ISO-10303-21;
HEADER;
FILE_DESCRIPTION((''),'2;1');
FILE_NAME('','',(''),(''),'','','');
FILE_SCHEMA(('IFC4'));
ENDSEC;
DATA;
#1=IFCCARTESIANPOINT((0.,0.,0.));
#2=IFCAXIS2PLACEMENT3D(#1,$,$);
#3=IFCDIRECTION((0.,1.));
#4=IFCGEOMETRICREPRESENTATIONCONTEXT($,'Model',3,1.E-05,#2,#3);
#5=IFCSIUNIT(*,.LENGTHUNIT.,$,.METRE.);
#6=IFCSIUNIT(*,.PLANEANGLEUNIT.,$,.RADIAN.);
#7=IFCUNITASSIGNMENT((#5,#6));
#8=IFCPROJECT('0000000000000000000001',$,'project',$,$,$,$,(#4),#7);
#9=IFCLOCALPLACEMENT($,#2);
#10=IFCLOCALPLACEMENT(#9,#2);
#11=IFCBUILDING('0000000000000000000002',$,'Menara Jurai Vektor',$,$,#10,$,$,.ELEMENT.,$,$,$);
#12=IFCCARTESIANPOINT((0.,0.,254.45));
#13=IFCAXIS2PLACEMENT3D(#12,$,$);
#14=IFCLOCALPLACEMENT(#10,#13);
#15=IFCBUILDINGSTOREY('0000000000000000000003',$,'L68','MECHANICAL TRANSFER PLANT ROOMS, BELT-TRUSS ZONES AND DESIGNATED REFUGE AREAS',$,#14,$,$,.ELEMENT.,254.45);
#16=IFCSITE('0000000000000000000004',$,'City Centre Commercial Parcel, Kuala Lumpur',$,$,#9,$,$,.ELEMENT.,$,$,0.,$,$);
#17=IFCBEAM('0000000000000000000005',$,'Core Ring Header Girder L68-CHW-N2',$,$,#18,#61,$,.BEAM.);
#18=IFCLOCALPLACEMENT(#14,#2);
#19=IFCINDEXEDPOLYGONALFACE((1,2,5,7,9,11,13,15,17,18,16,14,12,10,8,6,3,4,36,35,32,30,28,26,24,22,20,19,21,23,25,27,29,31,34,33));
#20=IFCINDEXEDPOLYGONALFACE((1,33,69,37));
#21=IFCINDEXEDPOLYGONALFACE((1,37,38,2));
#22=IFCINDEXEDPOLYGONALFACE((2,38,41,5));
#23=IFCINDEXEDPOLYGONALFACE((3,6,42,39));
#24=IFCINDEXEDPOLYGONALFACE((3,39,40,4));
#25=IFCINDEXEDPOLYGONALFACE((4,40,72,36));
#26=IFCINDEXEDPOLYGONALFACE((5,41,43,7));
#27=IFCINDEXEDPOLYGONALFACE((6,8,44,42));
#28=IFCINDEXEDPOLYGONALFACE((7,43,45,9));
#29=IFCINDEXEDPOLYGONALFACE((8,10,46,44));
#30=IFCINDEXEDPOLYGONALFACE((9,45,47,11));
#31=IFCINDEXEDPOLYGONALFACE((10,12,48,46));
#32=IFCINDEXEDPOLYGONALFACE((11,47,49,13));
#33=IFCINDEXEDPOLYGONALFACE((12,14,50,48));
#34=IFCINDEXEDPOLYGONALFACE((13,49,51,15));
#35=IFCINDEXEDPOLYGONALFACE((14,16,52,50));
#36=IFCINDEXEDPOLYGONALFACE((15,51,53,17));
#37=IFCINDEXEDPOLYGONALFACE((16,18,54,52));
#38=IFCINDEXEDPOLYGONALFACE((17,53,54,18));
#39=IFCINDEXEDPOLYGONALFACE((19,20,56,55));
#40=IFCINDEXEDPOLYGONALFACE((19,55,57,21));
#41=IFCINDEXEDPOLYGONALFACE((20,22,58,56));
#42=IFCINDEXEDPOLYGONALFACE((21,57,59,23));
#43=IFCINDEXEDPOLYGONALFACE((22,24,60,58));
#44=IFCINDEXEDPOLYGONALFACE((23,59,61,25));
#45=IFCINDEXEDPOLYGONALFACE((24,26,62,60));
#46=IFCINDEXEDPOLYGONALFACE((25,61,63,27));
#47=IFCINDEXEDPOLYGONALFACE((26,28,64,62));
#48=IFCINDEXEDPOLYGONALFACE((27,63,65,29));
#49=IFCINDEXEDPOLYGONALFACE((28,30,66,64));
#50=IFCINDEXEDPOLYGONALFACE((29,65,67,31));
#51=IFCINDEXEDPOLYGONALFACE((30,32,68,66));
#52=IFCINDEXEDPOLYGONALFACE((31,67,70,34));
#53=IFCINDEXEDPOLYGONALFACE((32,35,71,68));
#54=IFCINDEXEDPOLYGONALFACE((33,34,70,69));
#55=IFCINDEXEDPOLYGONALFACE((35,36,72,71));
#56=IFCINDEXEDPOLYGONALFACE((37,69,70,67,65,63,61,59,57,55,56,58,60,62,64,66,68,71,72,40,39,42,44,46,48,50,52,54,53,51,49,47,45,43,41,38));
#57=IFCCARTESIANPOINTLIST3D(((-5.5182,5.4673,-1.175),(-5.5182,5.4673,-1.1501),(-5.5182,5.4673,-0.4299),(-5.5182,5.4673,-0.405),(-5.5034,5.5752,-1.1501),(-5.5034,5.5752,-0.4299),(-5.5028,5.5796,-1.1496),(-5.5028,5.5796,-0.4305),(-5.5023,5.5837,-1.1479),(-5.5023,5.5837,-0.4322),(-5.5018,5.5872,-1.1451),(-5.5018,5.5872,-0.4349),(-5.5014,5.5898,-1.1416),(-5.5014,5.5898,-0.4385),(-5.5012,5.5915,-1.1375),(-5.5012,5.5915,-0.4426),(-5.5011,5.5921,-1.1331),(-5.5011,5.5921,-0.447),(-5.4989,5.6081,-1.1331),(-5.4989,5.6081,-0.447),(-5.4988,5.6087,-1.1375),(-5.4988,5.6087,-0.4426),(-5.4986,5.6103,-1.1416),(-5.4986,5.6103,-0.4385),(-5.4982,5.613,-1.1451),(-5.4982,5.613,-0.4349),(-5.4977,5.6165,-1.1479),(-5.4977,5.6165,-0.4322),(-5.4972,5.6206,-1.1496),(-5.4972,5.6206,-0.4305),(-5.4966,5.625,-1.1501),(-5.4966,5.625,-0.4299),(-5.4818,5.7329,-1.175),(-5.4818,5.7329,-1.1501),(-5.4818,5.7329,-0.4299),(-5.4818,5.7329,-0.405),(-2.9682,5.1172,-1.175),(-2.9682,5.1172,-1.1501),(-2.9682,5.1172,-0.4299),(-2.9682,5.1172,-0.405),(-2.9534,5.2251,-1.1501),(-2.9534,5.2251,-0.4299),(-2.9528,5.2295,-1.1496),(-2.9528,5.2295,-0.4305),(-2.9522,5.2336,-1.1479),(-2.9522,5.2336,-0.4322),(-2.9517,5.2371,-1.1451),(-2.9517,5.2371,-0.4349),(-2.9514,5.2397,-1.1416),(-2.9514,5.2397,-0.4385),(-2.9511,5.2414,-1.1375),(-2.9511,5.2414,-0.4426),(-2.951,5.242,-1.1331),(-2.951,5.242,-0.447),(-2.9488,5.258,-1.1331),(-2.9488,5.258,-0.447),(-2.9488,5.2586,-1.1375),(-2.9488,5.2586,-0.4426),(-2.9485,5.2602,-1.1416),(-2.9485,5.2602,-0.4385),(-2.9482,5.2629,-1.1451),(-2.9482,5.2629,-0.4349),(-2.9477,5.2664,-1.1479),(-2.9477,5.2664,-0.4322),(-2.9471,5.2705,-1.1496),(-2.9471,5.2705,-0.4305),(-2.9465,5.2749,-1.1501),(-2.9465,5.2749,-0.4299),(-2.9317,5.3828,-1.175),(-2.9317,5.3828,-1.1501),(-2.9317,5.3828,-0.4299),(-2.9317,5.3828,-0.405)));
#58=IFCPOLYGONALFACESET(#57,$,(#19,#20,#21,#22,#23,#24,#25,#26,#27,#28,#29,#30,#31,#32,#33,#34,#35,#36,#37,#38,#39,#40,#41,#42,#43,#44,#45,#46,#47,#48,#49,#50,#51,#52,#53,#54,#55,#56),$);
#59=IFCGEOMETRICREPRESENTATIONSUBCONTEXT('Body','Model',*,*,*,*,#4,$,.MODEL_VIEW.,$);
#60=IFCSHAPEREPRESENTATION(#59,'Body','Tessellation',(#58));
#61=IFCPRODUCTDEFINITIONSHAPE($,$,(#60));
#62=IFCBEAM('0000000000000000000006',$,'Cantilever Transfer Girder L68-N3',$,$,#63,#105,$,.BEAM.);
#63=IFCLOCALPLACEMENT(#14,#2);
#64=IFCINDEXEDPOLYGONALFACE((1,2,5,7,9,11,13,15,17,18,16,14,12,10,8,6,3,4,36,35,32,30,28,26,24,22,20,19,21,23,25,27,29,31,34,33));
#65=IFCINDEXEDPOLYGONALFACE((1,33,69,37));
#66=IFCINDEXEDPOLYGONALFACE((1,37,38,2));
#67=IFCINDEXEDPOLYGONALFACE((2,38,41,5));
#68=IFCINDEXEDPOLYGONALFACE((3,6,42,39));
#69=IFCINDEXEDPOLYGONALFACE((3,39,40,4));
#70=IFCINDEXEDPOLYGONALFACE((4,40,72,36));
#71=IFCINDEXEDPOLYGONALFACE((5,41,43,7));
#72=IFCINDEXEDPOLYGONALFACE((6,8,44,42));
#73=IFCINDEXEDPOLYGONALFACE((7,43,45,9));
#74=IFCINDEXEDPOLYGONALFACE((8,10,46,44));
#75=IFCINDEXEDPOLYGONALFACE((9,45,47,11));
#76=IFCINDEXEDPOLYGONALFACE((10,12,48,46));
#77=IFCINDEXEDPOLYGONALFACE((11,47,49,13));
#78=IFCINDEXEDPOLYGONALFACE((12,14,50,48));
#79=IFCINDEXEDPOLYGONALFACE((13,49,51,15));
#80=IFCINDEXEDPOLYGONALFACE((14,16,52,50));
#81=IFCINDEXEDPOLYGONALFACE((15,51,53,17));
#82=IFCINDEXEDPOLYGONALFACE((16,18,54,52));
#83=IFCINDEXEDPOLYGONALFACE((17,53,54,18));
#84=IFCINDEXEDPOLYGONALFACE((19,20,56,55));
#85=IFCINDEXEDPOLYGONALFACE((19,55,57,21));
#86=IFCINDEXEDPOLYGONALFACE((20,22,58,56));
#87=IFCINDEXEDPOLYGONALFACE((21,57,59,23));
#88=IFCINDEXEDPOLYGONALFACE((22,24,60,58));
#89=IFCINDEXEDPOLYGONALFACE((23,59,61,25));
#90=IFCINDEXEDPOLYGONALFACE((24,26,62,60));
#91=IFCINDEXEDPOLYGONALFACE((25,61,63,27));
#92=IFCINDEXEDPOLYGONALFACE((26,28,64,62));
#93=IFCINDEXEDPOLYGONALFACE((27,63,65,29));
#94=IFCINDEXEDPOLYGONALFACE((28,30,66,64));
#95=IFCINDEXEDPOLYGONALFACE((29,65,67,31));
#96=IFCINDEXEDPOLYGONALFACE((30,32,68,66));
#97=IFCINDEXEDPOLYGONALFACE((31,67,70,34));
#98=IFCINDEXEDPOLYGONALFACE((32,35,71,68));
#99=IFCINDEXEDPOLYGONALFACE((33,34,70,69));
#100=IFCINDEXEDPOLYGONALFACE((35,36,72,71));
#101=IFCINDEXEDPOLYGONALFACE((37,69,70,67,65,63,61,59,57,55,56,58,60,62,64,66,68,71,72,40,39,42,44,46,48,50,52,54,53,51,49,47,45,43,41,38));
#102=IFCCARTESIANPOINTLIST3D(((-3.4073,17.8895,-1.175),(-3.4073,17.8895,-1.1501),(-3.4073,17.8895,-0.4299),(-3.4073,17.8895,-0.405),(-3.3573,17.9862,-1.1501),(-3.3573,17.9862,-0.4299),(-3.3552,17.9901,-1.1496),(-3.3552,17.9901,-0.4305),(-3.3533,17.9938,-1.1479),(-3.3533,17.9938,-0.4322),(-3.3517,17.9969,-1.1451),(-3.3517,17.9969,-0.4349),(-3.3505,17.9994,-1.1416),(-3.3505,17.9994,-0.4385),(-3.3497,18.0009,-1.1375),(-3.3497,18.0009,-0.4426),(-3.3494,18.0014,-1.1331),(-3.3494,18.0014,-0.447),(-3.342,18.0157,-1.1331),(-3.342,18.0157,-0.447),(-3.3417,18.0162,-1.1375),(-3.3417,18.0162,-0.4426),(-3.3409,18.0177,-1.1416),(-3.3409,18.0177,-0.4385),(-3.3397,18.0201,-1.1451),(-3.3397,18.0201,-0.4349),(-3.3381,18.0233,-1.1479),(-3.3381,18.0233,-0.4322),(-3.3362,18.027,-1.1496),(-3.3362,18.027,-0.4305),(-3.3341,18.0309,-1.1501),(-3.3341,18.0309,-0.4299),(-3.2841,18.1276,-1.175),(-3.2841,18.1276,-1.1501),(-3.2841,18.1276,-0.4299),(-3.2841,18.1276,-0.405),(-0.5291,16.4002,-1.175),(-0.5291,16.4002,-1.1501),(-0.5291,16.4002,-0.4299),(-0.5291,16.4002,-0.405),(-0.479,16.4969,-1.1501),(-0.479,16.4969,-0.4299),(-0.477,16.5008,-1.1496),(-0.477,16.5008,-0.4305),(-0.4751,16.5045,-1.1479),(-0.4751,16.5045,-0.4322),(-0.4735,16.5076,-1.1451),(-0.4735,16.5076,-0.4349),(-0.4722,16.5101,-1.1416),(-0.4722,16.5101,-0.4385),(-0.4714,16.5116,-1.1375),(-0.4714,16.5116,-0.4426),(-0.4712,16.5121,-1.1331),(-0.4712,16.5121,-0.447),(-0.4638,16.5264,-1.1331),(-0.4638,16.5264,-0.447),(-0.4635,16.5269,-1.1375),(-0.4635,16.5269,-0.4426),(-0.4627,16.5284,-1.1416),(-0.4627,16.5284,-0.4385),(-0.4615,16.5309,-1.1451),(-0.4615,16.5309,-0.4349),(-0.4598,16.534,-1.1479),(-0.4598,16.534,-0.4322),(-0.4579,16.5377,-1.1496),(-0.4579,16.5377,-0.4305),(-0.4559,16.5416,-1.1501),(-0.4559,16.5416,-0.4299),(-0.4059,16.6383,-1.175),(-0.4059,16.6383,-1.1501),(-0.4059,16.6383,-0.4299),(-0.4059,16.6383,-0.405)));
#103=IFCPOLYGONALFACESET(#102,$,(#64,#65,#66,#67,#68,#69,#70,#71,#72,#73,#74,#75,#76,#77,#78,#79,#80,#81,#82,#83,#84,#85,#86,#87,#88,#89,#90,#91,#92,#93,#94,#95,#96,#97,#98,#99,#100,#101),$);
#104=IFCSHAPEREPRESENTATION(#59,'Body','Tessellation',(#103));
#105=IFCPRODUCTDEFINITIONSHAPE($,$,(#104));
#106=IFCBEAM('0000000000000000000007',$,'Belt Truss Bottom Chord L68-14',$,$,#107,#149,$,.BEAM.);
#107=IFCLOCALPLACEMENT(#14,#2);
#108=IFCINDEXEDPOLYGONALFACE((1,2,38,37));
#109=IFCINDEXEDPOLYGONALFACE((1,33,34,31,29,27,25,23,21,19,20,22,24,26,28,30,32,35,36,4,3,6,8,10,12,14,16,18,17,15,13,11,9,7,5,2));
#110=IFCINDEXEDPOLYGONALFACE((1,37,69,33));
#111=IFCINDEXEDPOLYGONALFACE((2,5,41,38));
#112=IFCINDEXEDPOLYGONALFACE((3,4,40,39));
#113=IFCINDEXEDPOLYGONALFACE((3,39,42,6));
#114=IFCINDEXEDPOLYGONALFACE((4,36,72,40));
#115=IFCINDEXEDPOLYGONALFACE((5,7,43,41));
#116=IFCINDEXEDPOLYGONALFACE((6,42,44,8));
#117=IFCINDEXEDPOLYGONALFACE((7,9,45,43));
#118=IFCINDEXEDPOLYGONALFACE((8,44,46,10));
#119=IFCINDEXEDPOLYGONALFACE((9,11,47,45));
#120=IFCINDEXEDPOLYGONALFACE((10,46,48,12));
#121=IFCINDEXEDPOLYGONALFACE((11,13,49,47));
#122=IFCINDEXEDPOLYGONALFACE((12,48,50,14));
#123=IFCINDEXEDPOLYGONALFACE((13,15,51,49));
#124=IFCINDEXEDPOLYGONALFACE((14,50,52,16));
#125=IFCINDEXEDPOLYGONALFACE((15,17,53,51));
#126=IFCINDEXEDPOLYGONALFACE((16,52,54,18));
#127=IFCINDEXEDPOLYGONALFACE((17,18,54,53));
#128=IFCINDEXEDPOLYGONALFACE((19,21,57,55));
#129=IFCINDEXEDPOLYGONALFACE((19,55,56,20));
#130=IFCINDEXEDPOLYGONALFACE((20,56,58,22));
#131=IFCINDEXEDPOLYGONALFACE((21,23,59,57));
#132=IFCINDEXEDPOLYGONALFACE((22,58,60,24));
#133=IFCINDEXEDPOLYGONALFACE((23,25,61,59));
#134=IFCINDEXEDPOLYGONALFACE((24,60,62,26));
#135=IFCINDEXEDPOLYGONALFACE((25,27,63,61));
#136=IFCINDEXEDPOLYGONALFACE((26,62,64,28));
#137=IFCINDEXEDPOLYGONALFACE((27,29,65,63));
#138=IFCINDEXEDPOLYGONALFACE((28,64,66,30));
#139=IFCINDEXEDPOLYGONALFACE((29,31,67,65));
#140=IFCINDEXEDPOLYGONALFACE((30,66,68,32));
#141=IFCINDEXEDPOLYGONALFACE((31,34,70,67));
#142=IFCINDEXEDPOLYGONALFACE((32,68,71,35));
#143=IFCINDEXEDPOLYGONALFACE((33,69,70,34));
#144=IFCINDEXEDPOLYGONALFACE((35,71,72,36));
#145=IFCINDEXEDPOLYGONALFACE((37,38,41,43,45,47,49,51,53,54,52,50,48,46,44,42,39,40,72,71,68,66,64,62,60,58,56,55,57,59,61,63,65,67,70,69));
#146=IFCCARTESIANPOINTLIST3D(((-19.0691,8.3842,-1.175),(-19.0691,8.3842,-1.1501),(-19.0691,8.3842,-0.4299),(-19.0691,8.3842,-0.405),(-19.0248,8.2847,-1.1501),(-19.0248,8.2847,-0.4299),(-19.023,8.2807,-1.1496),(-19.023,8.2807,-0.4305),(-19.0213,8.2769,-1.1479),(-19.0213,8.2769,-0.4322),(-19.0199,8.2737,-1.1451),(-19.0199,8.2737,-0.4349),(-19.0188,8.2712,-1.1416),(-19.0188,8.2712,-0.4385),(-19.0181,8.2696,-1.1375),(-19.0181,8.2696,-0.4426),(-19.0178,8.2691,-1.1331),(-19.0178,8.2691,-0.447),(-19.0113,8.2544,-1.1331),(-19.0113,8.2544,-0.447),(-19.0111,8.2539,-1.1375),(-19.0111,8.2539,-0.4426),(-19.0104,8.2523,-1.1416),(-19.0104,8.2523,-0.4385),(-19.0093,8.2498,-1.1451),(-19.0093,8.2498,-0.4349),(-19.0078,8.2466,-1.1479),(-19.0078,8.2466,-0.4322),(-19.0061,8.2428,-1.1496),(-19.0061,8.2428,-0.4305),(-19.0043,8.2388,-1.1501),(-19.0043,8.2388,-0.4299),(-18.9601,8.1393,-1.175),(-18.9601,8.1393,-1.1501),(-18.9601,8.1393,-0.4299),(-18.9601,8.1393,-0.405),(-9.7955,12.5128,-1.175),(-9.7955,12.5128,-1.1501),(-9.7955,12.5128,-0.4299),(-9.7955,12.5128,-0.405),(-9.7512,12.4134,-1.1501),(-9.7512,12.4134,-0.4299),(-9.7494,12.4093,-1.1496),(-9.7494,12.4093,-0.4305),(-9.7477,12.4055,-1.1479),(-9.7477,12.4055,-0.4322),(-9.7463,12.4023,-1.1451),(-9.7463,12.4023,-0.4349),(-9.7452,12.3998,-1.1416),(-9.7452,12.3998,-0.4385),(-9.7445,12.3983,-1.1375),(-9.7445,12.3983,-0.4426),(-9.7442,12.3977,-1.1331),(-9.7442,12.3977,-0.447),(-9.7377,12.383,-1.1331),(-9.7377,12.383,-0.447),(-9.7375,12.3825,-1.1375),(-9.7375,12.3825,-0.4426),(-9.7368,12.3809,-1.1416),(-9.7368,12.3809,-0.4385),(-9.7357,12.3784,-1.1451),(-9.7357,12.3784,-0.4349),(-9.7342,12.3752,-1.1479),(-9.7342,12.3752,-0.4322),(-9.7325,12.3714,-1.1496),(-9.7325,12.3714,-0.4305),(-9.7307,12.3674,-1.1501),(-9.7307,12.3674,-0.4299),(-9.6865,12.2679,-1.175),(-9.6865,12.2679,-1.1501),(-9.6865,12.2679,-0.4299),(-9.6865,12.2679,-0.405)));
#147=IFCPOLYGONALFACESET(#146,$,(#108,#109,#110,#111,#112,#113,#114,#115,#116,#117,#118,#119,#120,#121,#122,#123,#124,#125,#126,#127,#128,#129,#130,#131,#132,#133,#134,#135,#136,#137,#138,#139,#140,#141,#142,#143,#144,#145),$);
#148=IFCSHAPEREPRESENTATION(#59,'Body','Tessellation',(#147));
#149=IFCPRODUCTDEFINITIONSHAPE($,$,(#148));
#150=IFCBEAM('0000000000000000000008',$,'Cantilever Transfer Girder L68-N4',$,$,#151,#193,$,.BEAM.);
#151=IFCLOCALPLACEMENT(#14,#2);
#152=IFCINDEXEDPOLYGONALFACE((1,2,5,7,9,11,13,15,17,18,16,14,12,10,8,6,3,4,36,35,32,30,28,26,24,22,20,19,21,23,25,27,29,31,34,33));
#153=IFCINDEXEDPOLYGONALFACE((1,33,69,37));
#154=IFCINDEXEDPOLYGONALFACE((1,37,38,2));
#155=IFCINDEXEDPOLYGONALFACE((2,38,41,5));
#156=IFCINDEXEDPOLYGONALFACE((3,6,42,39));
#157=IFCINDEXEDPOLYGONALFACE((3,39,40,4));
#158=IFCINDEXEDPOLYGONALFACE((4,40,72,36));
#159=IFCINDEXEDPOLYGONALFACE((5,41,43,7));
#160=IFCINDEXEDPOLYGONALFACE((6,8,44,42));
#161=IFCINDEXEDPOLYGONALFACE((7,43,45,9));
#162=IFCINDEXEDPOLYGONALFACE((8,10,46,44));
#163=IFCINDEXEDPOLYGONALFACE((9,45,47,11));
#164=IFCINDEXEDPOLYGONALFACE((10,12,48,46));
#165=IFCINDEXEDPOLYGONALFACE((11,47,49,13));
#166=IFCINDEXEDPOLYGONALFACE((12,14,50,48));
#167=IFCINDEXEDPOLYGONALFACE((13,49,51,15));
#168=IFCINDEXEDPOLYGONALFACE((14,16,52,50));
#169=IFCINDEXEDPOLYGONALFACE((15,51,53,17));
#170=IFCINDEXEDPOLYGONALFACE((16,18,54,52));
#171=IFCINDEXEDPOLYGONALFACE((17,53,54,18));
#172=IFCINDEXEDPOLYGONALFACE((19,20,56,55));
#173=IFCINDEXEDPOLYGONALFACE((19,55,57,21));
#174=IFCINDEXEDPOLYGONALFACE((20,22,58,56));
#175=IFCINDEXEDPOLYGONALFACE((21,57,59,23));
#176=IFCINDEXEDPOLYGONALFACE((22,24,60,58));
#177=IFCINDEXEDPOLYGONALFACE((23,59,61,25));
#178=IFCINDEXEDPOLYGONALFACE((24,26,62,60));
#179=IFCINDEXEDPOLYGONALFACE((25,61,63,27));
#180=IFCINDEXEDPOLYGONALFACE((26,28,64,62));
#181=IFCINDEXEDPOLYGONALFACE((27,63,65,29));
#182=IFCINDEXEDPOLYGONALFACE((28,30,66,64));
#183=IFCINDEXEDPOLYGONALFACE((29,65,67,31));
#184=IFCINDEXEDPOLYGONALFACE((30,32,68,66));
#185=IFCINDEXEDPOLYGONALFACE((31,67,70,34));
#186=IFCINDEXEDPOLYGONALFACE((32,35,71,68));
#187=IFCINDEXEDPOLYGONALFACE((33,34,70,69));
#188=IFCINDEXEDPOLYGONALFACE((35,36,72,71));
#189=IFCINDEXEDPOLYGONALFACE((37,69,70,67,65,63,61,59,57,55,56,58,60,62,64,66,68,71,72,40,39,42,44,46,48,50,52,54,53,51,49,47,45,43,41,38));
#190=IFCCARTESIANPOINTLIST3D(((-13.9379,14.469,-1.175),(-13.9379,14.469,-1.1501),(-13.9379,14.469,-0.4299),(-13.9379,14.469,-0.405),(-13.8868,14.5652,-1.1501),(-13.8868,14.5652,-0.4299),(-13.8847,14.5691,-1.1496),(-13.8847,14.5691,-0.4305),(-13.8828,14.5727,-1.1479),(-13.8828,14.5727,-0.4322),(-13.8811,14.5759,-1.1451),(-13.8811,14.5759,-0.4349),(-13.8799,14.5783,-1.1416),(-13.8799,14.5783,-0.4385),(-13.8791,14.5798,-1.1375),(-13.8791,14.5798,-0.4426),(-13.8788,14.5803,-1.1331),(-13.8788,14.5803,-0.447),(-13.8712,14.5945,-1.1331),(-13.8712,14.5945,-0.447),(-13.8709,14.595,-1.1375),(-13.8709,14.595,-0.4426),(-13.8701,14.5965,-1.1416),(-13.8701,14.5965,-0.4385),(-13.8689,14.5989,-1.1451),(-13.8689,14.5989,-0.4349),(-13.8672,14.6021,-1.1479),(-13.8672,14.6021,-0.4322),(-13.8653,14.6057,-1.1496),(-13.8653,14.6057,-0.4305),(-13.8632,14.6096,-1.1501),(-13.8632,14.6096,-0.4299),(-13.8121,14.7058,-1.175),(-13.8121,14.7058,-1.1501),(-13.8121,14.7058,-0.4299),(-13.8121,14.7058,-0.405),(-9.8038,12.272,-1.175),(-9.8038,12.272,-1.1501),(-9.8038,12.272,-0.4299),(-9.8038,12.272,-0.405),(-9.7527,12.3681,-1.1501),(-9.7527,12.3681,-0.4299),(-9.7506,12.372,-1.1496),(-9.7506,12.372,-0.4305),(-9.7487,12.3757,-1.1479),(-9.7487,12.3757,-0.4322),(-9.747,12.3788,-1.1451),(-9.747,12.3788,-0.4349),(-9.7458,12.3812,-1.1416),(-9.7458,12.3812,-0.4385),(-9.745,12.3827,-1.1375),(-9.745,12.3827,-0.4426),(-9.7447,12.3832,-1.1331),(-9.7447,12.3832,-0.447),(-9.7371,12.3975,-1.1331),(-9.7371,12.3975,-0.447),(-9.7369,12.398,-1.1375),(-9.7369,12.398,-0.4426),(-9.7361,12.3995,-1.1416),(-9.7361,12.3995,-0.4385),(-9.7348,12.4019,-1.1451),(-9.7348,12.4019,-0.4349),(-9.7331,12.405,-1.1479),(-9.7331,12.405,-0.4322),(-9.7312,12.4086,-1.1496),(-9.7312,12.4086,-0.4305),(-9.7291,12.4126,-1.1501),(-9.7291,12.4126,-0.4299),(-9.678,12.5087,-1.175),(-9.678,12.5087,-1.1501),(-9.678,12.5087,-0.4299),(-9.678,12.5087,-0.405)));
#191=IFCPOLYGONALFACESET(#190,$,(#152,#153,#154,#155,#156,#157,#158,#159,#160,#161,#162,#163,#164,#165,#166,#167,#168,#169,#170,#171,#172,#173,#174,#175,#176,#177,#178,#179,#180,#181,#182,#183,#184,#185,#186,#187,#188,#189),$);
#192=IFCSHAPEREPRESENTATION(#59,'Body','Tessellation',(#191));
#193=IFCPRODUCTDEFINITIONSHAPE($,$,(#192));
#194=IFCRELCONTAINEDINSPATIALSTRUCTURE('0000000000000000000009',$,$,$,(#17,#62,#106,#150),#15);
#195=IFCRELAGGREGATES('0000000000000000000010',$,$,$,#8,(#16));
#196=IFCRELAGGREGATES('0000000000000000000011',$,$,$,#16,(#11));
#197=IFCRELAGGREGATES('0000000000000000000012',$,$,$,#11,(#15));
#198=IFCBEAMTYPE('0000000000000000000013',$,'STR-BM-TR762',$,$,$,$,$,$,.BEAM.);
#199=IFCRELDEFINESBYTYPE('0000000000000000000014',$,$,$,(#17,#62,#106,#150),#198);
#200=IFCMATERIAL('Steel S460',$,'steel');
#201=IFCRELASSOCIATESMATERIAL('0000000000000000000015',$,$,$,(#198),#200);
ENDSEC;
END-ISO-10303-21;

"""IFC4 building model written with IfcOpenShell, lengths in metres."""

from ifc_helpers import new_model, si_unit, direction, frame, origin, origin_2d, place, context, subcontext, project, spatial, i_section, extrude, material, material_profile, profile_set, type_object, element, save


model = new_model("IFC4")

# Units and contexts
model_context = context("Model", 3, precision=1e-05, world=origin(), true_north=direction((0.0, 1.0)))
body_context = subcontext(model_context, "Body", "Model", "MODEL_VIEW")
ifc_project = project(units=[si_unit("LENGTHUNIT", "METRE"), si_unit("PLANEANGLEUNIT", "RADIAN")], contexts=[model_context])

# Site, building, storey
site_placement = place(None, origin())
site = spatial("IfcSite", under=ifc_project, at=site_placement, Name="City Centre Commercial Parcel, Kuala Lumpur", CompositionType="ELEMENT", RefElevation=0.0)
building_placement = place(site_placement, origin())
building = spatial("IfcBuilding", under=site, at=building_placement, Name="Menara Jurai Vektor", CompositionType="ELEMENT")
storey_placement = place(building_placement, frame((0.0, 0.0, 254.45)))
storey = spatial("IfcBuildingStorey", under=building, at=storey_placement, Name="L68", Description="MECHANICAL TRANSFER PLANT ROOMS, BELT-TRUSS ZONES AND DESIGNATED REFUGE AREAS", CompositionType="ELEMENT", Elevation=254.45)

# Shared definitions
ifc_material_1 = material(Name="Steel S460", Category="steel")

# Beams
ifc_material_profile_1 = material_profile(ifc_material_1, i_section(OverallWidth=0.2681, OverallDepth=0.77, WebThickness=0.0161, FlangeThickness=0.0249, FilletRadius=0.0171, at=origin_2d()), Name="UKB 762x267x197")
ifc_profile_set_1 = profile_set([ifc_material_profile_1], Name="Steel S460")
beam_type_1 = type_object("IfcBeamType", Name="STR-BM-TR762", PredefinedType="BEAM", material=ifc_profile_set_1)
beam_1_placement = place(storey_placement, frame((-5.5, 5.6001, -0.79), z_axis=(0.990707, -0.136015, 0.0), x_axis=(0.136015, 0.990707, 0.0)))
element("IfcBeam", 1, at=beam_1_placement, inside=storey, type_object=beam_type_1, Name="Core Ring Header Girder L68-CHW-N2", PredefinedType="BEAM", context=body_context, shape_type="SweptSolid", body=[
    extrude(i_section(OverallWidth=0.2681, OverallDepth=0.77, WebThickness=0.0161, FlangeThickness=0.0249, FilletRadius=0.0171, at=origin_2d()), origin(), (0.0, 0.0, 1.0), 2.574),
])
beam_2_placement = place(storey_placement, frame((-3.3457, 18.0085, -0.79), z_axis=(0.888149, -0.459556, 0.0), x_axis=(0.459556, 0.888149, 0.0)))
element("IfcBeam", 2, at=beam_2_placement, inside=storey, type_object=beam_type_1, Name="Cantilever Transfer Girder L68-N3", PredefinedType="BEAM", context=body_context, shape_type="SweptSolid", body=[
    extrude(i_section(OverallWidth=0.2681, OverallDepth=0.77, WebThickness=0.0161, FlangeThickness=0.0249, FilletRadius=0.0171, at=origin_2d()), origin(), (0.0, 0.0, 1.0), 3.2407),
])
beam_3_placement = place(storey_placement, frame((-9.741, 12.3904, -0.79), z_axis=(-0.913554, -0.406716, 0.0), x_axis=(0.406716, -0.913554, 0.0)))
element("IfcBeam", 3, at=beam_3_placement, inside=storey, type_object=beam_type_1, Name="Belt Truss Bottom Chord L68-14", PredefinedType="BEAM", context=body_context, shape_type="SweptSolid", body=[
    extrude(i_section(OverallWidth=0.2681, OverallDepth=0.77, WebThickness=0.0161, FlangeThickness=0.0249, FilletRadius=0.0171, at=origin_2d()), origin(), (0.0, 0.0, 1.0), 10.1511),
])
beam_4_placement = place(storey_placement, frame((-13.875, 14.5874, -0.79), z_axis=(0.883043, -0.469291, 0.0), x_axis=(0.469291, 0.883043, 0.0)))
element("IfcBeam", 4, at=beam_4_placement, inside=storey, type_object=beam_type_1, Name="Cantilever Transfer Girder L68-N4", PredefinedType="BEAM", context=body_context, shape_type="SweptSolid", body=[
    extrude(i_section(OverallWidth=0.2681, OverallDepth=0.77, WebThickness=0.0161, FlangeThickness=0.0249, FilletRadius=0.0171, at=origin_2d()), origin(), (0.0, 0.0, 1.0), 4.6816),
])

save(model, "model.ifc")
